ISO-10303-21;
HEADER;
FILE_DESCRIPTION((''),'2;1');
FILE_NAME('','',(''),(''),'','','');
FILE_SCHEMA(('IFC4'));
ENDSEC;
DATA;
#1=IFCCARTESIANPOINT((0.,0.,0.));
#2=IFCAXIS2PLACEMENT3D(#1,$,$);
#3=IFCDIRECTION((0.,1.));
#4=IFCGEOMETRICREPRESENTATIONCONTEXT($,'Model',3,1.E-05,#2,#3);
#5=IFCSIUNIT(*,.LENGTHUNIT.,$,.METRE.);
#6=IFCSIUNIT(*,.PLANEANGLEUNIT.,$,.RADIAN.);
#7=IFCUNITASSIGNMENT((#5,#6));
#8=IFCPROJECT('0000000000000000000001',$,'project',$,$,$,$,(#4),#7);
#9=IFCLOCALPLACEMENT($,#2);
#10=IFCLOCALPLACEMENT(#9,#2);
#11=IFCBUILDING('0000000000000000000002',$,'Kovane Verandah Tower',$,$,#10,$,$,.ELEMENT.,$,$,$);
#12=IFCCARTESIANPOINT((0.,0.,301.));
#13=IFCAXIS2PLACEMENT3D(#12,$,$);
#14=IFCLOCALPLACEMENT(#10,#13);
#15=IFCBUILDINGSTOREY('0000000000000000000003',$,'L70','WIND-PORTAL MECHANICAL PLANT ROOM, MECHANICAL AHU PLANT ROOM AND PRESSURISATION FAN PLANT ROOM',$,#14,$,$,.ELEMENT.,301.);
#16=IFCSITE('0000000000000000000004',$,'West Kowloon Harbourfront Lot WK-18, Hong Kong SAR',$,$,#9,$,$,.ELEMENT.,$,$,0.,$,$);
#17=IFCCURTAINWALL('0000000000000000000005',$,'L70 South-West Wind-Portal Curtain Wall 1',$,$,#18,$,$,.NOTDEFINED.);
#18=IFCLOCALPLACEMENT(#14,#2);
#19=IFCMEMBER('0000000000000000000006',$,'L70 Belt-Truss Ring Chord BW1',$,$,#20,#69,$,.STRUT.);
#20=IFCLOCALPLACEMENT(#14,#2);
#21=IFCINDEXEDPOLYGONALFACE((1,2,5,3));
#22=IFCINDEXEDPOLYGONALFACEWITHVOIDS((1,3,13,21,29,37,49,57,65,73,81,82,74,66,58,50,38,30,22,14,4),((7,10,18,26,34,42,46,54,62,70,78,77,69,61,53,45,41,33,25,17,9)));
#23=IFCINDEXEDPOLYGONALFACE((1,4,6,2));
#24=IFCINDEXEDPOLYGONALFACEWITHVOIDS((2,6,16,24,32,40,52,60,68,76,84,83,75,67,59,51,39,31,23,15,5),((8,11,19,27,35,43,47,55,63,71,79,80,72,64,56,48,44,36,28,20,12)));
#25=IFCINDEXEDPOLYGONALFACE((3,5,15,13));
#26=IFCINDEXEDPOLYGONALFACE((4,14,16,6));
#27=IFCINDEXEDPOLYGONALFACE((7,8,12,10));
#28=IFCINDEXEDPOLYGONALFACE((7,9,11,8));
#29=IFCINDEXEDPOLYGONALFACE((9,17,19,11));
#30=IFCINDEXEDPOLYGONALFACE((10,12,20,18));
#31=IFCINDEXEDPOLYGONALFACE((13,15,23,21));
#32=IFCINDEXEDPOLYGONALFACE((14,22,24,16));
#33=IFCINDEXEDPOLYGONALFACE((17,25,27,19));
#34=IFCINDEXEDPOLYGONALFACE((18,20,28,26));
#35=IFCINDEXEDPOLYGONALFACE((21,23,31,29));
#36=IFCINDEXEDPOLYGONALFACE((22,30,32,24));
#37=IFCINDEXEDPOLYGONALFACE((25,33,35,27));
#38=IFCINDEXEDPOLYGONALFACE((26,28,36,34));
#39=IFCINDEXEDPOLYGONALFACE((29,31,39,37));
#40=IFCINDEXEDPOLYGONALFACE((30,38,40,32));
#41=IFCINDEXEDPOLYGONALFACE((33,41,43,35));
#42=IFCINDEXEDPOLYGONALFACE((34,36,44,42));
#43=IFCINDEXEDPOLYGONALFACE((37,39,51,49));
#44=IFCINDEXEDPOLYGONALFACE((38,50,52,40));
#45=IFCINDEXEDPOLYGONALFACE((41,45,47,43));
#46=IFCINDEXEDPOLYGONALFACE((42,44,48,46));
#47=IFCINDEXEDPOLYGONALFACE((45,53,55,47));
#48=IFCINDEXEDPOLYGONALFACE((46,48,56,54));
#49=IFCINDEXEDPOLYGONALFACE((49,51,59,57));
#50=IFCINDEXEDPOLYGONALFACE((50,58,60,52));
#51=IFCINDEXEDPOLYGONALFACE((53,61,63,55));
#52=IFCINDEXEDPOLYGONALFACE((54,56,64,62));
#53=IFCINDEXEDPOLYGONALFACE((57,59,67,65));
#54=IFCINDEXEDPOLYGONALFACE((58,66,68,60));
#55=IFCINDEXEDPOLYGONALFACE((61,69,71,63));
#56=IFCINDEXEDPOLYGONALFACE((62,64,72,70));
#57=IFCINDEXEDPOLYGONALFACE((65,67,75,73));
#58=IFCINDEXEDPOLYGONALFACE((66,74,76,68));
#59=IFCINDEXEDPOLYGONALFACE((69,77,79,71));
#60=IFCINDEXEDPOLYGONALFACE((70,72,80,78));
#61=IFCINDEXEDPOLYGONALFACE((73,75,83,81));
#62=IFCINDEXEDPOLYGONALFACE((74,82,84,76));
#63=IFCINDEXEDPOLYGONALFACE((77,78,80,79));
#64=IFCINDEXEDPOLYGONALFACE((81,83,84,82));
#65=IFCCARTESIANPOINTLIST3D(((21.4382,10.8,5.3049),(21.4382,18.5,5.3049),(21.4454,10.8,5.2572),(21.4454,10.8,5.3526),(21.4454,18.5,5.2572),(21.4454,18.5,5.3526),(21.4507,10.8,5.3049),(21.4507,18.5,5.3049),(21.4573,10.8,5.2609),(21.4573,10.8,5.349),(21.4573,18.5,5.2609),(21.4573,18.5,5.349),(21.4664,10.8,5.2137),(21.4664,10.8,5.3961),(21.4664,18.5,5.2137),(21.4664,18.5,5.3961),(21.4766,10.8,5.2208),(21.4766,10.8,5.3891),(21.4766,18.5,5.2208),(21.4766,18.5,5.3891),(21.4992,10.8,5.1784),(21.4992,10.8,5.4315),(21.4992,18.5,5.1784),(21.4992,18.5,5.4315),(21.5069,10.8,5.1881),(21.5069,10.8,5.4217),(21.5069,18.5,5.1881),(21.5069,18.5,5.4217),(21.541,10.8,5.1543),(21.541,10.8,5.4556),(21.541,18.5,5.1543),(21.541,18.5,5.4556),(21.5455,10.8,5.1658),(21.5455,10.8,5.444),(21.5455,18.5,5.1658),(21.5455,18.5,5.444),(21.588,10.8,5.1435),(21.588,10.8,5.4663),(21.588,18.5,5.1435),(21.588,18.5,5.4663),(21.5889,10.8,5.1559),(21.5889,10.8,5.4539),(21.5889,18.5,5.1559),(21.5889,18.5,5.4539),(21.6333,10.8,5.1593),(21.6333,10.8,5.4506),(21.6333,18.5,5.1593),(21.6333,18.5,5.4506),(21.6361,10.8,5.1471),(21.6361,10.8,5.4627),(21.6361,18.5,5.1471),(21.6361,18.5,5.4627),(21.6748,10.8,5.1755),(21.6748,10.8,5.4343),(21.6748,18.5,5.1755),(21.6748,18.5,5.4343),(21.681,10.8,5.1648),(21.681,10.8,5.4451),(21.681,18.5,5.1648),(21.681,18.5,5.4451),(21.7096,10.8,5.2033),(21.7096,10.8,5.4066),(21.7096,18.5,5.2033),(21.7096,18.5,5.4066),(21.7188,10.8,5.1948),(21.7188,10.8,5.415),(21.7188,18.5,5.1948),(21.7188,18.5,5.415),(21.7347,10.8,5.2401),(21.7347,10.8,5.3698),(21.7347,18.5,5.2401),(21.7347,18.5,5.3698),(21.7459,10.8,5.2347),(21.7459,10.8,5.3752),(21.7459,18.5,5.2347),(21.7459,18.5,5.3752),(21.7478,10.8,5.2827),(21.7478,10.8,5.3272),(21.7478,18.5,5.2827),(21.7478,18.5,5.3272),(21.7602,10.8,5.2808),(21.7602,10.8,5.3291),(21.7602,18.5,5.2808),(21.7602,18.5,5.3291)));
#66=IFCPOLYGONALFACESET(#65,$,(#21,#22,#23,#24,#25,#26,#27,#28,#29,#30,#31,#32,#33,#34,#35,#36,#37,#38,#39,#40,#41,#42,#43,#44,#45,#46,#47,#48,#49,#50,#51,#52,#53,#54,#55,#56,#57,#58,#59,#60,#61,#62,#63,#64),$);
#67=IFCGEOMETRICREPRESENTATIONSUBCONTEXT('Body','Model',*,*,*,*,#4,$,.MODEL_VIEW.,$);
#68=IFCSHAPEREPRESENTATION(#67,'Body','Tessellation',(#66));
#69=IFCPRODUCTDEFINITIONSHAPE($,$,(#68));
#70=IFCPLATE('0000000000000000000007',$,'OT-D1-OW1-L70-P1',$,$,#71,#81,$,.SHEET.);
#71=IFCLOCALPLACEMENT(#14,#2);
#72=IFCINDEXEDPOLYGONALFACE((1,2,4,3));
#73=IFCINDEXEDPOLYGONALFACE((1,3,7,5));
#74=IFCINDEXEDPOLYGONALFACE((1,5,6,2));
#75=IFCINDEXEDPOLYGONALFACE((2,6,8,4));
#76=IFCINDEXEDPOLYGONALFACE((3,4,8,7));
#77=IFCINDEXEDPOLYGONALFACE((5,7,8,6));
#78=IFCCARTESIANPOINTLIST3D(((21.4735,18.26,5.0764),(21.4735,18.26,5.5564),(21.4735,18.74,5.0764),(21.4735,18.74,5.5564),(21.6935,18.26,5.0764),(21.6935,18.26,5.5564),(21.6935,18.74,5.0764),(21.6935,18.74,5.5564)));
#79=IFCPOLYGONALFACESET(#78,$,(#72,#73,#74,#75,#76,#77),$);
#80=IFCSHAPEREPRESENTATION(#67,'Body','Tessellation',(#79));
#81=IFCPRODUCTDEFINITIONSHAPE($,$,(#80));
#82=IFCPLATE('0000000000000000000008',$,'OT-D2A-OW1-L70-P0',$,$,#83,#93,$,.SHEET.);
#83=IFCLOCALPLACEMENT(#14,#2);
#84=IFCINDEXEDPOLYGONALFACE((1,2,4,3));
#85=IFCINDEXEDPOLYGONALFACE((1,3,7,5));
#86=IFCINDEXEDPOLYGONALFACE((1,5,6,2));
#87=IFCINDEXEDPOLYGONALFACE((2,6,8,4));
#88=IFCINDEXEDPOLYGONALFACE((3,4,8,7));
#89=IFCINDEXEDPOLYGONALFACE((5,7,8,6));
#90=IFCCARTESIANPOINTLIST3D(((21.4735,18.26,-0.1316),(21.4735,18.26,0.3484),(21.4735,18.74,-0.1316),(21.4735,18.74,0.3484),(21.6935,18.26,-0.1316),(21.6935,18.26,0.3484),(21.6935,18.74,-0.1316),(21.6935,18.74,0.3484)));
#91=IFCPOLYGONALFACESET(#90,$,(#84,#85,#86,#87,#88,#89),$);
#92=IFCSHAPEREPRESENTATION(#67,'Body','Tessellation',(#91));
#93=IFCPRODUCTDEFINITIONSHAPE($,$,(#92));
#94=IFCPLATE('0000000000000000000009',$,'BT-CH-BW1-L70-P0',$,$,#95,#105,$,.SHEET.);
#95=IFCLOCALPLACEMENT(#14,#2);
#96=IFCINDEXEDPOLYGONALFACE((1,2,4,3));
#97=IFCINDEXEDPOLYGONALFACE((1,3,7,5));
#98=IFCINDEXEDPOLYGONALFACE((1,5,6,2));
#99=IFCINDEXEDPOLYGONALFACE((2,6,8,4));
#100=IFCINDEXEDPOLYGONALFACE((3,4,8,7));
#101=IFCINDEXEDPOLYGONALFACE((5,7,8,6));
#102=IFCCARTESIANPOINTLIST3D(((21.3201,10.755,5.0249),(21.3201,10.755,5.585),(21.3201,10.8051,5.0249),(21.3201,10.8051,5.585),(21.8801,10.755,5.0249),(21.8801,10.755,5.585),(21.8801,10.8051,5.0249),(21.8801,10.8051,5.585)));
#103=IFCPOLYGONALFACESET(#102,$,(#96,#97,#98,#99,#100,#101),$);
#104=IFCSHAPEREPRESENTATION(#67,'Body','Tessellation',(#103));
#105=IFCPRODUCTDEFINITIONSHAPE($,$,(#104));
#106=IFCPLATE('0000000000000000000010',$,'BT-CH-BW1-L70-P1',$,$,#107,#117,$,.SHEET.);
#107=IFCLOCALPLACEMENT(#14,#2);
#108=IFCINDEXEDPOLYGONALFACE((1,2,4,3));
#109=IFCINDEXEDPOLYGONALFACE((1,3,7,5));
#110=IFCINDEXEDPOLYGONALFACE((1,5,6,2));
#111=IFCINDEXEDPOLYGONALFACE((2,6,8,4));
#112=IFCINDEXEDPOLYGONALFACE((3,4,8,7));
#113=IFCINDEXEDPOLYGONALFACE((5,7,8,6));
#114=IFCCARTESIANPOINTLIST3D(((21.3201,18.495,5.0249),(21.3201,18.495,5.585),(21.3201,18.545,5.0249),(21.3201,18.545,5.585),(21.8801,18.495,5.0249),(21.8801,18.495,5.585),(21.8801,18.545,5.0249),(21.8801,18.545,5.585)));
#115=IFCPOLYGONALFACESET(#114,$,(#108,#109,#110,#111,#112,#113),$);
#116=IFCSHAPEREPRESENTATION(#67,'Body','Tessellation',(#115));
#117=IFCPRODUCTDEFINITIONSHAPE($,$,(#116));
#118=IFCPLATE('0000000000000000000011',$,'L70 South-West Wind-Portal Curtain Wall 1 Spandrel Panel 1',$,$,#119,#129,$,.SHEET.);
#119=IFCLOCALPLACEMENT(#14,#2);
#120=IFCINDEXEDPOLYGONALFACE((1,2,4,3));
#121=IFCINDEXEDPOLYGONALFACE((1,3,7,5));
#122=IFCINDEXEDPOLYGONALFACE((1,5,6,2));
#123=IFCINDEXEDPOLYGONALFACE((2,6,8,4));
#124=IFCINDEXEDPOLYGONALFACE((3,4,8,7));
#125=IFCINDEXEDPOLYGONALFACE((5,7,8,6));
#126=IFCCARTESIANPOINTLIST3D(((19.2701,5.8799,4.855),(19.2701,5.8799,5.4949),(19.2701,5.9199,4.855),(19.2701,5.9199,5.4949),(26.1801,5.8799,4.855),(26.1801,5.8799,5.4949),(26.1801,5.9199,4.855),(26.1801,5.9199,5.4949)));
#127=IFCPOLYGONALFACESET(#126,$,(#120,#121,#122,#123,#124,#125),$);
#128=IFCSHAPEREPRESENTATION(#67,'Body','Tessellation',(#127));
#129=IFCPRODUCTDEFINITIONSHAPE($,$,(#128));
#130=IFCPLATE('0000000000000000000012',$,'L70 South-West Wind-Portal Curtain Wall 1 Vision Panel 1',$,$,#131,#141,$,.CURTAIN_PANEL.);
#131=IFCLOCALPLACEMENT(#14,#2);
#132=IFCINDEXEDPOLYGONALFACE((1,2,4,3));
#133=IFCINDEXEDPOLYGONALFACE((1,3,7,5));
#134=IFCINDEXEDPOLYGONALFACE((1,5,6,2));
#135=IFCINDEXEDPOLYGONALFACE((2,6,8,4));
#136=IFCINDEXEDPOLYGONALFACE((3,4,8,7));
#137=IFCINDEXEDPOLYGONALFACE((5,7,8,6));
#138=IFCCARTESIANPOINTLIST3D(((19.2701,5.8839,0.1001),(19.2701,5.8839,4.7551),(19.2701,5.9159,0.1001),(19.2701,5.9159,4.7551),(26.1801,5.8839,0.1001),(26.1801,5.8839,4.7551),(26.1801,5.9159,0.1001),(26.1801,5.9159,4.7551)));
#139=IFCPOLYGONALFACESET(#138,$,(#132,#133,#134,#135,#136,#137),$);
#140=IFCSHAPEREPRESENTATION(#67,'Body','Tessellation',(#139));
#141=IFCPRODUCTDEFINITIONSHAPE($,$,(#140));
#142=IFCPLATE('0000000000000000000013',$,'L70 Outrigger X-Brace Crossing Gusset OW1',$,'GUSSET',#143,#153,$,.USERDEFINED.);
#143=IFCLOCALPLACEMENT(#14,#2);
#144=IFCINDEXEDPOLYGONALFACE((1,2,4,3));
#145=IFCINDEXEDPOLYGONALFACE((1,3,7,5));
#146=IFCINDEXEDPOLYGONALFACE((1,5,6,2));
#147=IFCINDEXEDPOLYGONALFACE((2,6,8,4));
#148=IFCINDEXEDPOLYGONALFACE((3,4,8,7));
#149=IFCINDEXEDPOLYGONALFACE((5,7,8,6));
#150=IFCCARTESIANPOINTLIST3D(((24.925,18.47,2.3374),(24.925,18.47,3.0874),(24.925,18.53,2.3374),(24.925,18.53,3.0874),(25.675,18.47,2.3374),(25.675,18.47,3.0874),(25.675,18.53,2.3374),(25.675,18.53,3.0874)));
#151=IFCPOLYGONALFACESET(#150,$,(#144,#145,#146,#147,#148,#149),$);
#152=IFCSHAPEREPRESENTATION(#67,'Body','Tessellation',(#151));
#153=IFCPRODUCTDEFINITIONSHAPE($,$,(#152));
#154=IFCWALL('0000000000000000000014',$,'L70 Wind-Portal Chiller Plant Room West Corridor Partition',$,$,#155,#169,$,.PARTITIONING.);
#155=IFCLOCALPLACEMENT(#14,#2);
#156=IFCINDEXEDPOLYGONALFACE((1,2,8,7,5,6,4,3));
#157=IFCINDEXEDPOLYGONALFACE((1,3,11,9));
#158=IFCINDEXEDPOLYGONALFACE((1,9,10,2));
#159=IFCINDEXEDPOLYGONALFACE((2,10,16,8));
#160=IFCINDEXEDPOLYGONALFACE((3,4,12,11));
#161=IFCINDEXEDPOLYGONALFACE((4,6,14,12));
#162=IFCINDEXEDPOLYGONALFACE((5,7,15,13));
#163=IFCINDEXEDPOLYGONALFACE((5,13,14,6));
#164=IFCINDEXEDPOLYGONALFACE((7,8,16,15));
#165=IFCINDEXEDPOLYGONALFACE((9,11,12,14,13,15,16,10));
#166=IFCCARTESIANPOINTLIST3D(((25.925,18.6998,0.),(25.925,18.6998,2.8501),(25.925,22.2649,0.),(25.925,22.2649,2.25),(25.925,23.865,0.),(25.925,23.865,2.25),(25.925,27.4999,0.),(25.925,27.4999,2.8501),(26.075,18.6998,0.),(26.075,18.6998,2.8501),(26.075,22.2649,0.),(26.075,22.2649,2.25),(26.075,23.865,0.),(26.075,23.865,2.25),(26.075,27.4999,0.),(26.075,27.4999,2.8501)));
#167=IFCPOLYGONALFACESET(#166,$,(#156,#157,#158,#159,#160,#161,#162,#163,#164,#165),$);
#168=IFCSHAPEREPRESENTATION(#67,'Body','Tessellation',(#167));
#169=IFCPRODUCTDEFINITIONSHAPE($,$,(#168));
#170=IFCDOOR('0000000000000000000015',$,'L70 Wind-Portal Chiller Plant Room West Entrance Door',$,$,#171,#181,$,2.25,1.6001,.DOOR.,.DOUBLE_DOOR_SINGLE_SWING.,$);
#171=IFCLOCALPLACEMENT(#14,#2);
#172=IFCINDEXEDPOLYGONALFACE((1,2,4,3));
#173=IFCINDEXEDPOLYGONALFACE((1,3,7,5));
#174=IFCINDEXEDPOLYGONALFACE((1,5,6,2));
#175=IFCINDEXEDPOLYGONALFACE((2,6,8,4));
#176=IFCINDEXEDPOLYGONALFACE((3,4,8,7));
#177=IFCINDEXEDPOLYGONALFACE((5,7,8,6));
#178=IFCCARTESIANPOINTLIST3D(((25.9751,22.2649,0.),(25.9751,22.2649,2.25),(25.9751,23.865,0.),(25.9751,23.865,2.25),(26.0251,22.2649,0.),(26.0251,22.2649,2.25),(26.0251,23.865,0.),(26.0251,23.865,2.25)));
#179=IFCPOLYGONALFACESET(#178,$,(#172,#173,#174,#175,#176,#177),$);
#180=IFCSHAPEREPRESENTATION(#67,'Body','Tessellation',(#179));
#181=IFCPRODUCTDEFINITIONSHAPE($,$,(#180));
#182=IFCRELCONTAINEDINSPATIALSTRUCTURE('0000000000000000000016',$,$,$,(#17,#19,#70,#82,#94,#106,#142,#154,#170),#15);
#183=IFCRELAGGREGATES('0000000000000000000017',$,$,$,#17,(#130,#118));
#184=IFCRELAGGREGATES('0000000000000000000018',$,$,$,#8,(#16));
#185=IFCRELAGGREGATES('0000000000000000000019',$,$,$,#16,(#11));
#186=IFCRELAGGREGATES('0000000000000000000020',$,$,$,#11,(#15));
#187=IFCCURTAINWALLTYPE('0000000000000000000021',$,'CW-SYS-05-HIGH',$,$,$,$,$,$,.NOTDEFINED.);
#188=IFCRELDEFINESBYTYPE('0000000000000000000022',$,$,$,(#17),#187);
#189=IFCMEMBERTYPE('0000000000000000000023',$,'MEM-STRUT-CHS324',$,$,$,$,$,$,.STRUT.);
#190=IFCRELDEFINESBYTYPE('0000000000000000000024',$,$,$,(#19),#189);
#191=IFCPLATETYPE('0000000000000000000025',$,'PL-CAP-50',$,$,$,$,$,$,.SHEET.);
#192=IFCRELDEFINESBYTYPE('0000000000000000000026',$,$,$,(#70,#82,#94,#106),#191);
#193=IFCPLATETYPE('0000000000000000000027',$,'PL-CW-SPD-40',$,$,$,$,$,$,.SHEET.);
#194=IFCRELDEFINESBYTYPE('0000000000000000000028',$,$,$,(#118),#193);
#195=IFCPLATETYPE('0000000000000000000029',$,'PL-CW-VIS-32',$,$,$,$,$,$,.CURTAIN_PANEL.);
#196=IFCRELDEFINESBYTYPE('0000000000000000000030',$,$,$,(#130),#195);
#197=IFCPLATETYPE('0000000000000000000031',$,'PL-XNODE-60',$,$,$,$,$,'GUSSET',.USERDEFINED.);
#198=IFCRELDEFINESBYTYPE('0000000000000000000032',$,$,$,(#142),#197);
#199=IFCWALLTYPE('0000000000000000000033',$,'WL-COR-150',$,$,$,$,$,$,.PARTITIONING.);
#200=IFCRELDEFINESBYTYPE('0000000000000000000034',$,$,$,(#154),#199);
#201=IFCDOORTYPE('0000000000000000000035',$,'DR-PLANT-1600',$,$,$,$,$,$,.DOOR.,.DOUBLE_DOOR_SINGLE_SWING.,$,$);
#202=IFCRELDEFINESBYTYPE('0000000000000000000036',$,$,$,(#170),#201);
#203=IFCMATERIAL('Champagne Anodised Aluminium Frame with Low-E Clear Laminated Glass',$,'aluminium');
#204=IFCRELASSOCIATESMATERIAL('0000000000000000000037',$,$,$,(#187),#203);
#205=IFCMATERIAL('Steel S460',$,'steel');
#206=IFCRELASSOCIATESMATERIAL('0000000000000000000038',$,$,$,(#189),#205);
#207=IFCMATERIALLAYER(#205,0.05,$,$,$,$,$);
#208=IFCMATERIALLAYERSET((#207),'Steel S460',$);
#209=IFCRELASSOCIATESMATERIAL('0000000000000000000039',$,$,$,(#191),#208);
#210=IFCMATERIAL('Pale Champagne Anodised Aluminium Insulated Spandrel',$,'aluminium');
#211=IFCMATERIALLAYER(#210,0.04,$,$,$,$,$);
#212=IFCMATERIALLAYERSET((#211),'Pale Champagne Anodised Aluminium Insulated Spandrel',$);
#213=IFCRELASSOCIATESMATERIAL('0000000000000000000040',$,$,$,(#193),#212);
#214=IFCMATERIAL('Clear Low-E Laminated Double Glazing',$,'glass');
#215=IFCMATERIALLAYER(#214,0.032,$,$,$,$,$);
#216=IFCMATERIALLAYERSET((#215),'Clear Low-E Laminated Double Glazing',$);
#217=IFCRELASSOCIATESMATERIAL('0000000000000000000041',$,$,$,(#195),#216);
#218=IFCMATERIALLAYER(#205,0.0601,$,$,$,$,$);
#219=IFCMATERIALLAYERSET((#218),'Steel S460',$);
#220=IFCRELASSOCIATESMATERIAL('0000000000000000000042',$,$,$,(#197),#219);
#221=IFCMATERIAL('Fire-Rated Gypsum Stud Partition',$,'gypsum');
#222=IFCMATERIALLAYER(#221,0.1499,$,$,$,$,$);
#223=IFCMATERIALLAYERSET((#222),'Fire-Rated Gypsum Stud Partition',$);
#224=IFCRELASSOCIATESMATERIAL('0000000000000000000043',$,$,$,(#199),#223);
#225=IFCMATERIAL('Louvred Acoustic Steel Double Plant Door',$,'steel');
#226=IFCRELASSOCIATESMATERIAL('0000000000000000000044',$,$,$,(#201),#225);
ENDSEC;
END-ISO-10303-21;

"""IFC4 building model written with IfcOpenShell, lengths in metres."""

from ifc_helpers import new_model, si_unit, direction, frame, frame_2d, origin, origin_2d, place, context, subcontext, project, spatial, rectangle, hollow_circle, extrude, material, layer, layer_set, material_profile, profile_set, type_object, element, fill, aggregate, save


model = new_model("IFC4")

# Units and contexts
model_context = context("Model", 3, precision=1e-05, world=origin(), true_north=direction((0.0, 1.0)))
body_context = subcontext(model_context, "Body", "Model", "MODEL_VIEW")
ifc_project = project(units=[si_unit("LENGTHUNIT", "METRE"), si_unit("PLANEANGLEUNIT", "RADIAN")], contexts=[model_context])

# Site, building, storey
site_placement = place(None, origin())
site = spatial("IfcSite", under=ifc_project, at=site_placement, Name="West Kowloon Harbourfront Lot WK-18, Hong Kong SAR", CompositionType="ELEMENT", RefElevation=0.0)
building_placement = place(site_placement, origin())
building = spatial("IfcBuilding", under=site, at=building_placement, Name="Kovane Verandah Tower", CompositionType="ELEMENT")
storey_placement = place(building_placement, frame((0.0, 0.0, 301.0)))
storey = spatial("IfcBuildingStorey", under=building, at=storey_placement, Name="L70", Description="WIND-PORTAL MECHANICAL PLANT ROOM, MECHANICAL AHU PLANT ROOM AND PRESSURISATION FAN PLANT ROOM", CompositionType="ELEMENT", Elevation=301.0)

# Shared definitions
ifc_material_1 = material(Name="Steel S460", Category="steel")

# Curtain wall
ifc_material_2 = material(Name="Champagne Anodised Aluminium Frame with Low-E Clear Laminated Glass", Category="aluminium")
curtain_wall_type = type_object("IfcCurtainWallType", Name="CW-SYS-05-HIGH", PredefinedType="NOTDEFINED", material=ifc_material_2)
curtain_wall_placement = place(storey_placement, origin())
curtain_wall = element("IfcCurtainWall", 1, at=curtain_wall_placement, inside=storey, type_object=curtain_wall_type, Name="L70 South-West Wind-Portal Curtain Wall 1", PredefinedType="NOTDEFINED")

# Member
ifc_material_profile_1 = material_profile(ifc_material_1, hollow_circle(Radius=0.1619, WallThickness=0.0125, at=origin_2d()), Name="CHS323.9x12.5")
ifc_profile_set_1 = profile_set([ifc_material_profile_1], Name="Steel S460")
member_type_1 = type_object("IfcMemberType", Name="MEM-STRUT-CHS324", PredefinedType="STRUT", material=ifc_profile_set_1)
member_1_placement = place(storey_placement, frame((21.6001, 10.8, 5.3049), z_axis=(0.0, 1.0, 0.0), x_axis=(-1.0, 0.0, 0.0)))
element("IfcMember", 2, at=member_1_placement, inside=storey, type_object=member_type_1, Name="L70 Belt-Truss Ring Chord BW1", PredefinedType="STRUT", context=body_context, shape_type="SweptSolid", body=[
    extrude(hollow_circle(Radius=0.1619, WallThickness=0.0125, at=origin_2d()), origin(), (0.0, 0.0, 1.0), 7.7),
])

# Plates
ifc_layer_1 = layer(ifc_material_1, 0.05)
ifc_layer_set_1 = layer_set([ifc_layer_1], Name="Steel S460")
plate_type_1 = type_object("IfcPlateType", Name="PL-CAP-50", PredefinedType="SHEET", material=ifc_layer_set_1)
for number, where, z_axis, x_axis, name in (
    (3, (21.5835, 18.5, 5.0764), (0.0, 0.0, 1.0), (-1.0, 0.0, 0.0), "OT-D1-OW1-L70-P1"),
    (4, (21.5835, 18.5, -0.1316), (0.0, 0.0, 1.0), (1.0, 0.0, 0.0), "OT-D2A-OW1-L70-P0"),
):
    element("IfcPlate", number, at=place(storey_placement, frame(where, z_axis=z_axis, x_axis=x_axis)), inside=storey, type_object=plate_type_1, Name=name, PredefinedType="SHEET", context=body_context, shape_type="SweptSolid", body=[
        extrude(rectangle(XDim=0.22, YDim=0.48, at=origin_2d()), origin(), (0.0, 0.0, 1.0), 0.48),
    ])
for number, where, z_axis, x_axis, name in (
    (5, (21.6001, 10.78, 5.0249), (0.0, 0.0, 1.0), (0.0, 1.0, 0.0), "BT-CH-BW1-L70-P0"),
    (6, (21.6001, 18.52, 5.0249), (0.0, 0.0, 1.0), (0.0, 1.0, 0.0), "BT-CH-BW1-L70-P1"),
):
    element("IfcPlate", number, at=place(storey_placement, frame(where, z_axis=z_axis, x_axis=x_axis)), inside=storey, type_object=plate_type_1, Name=name, PredefinedType="SHEET", context=body_context, shape_type="SweptSolid", body=[
        extrude(rectangle(XDim=0.05, YDim=0.5601, at=origin_2d()), origin(), (0.0, 0.0, 1.0), 0.5601),
    ])

# Plates
ifc_material_3 = material(Name="Pale Champagne Anodised Aluminium Insulated Spandrel", Category="aluminium")
ifc_layer_2 = layer(ifc_material_3, 0.04)
ifc_layer_set_2 = layer_set([ifc_layer_2], Name="Pale Champagne Anodised Aluminium Insulated Spandrel")
plate_type_2 = type_object("IfcPlateType", Name="PL-CW-SPD-40", PredefinedType="SHEET", material=ifc_layer_set_2)
plate_1_placement = place(storey_placement, frame((22.7251, 5.8999, 4.855), z_axis=(0.0, 0.0, 1.0), x_axis=(1.0, 0.0, 0.0)))
plate_1 = element("IfcPlate", 7, at=plate_1_placement, type_object=plate_type_2, Name="L70 South-West Wind-Portal Curtain Wall 1 Spandrel Panel 1", PredefinedType="SHEET", context=body_context, shape_type="SweptSolid", body=[
    extrude(rectangle(XDim=6.9099, YDim=0.04, at=origin_2d()), origin(), (0.0, 0.0, 1.0), 0.6399),
])
ifc_material_4 = material(Name="Clear Low-E Laminated Double Glazing", Category="glass")
ifc_layer_3 = layer(ifc_material_4, 0.032)
ifc_layer_set_3 = layer_set([ifc_layer_3], Name="Clear Low-E Laminated Double Glazing")
plate_type_3 = type_object("IfcPlateType", Name="PL-CW-VIS-32", PredefinedType="CURTAIN_PANEL", material=ifc_layer_set_3)
plate_2_placement = place(storey_placement, frame((22.7251, 5.8999, 0.1001), z_axis=(0.0, 0.0, 1.0), x_axis=(1.0, 0.0, 0.0)))
plate_2 = element("IfcPlate", 8, at=plate_2_placement, type_object=plate_type_3, Name="L70 South-West Wind-Portal Curtain Wall 1 Vision Panel 1", PredefinedType="CURTAIN_PANEL", context=body_context, shape_type="SweptSolid", body=[
    extrude(rectangle(XDim=6.9099, YDim=0.032, at=origin_2d()), origin(), (0.0, 0.0, 1.0), 4.655),
])
aggregate(curtain_wall, [plate_2, plate_1])
ifc_layer_4 = layer(ifc_material_1, 0.0601)
ifc_layer_set_4 = layer_set([ifc_layer_4], Name="Steel S460")
plate_type_4 = type_object("IfcPlateType", Name="PL-XNODE-60", ElementType="GUSSET", PredefinedType="USERDEFINED", material=ifc_layer_set_4)
plate_3_placement = place(storey_placement, frame((25.3, 18.5, 2.3374), z_axis=(0.0, 0.0, 1.0), x_axis=(-1.0, 0.0, 0.0)))
element("IfcPlate", 9, at=plate_3_placement, inside=storey, type_object=plate_type_4, Name="L70 Outrigger X-Brace Crossing Gusset OW1", ObjectType="GUSSET", PredefinedType="USERDEFINED", context=body_context, shape_type="SweptSolid", body=[
    extrude(rectangle(XDim=0.75, YDim=0.0601, at=origin_2d()), origin(), (0.0, 0.0, 1.0), 0.75),
])

# Wall, opening, door
ifc_material_5 = material(Name="Fire-Rated Gypsum Stud Partition", Category="gypsum")
ifc_layer_5 = layer(ifc_material_5, 0.1499)
ifc_layer_set_5 = layer_set([ifc_layer_5], Name="Fire-Rated Gypsum Stud Partition")
wall_type_1 = type_object("IfcWallType", Name="WL-COR-150", PredefinedType="PARTITIONING", material=ifc_layer_set_5)
wall_1_placement = place(storey_placement, frame((26.0, 18.7, 0.0), z_axis=(0.0, 0.0, 1.0), x_axis=(0.0, 1.0, 0.0)))
wall_1 = element("IfcWall", 10, at=wall_1_placement, inside=storey, type_object=wall_type_1, Name="L70 Wind-Portal Chiller Plant Room West Corridor Partition", PredefinedType="PARTITIONING", context=body_context, shape_type="SweptSolid", body=[
    extrude(rectangle(XDim=8.8, YDim=0.1499, at=frame_2d((4.3999, 0.0))), origin(), (0.0, 0.0, 1.0), 2.8501),
])
opening_placement = place(wall_1_placement, frame((3.5649, 0.0, 0.0)))
opening = element("IfcOpeningElement", 11, at=opening_placement, cuts=wall_1, PredefinedType="OPENING", context=body_context, shape_type="SweptSolid", body=[
    extrude(rectangle(XDim=1.6001, YDim=2.25, at=frame_2d((0.8, 1.125))), frame((0.0, 0.075, 0.0), z_axis=(0.0, -1.0, 0.0), x_axis=(1.0, 0.0, 0.0)), (0.0, 0.0, 1.0), 0.1499),
])
ifc_material_6 = material(Name="Louvred Acoustic Steel Double Plant Door", Category="steel")
door_type = type_object("IfcDoorType", Name="DR-PLANT-1600", OperationType="DOUBLE_DOOR_SINGLE_SWING", PredefinedType="DOOR", material=ifc_material_6)
door_placement = place(opening_placement, origin())
door = element("IfcDoor", 12, at=door_placement, inside=storey, type_object=door_type, Name="L70 Wind-Portal Chiller Plant Room West Entrance Door", OperationType="DOUBLE_DOOR_SINGLE_SWING", OverallHeight=2.25, OverallWidth=1.6001, PredefinedType="DOOR", context=body_context, shape_type="SweptSolid", body=[
    extrude(rectangle(XDim=1.6001, YDim=2.25, at=frame_2d((0.8, 1.125))), frame((0.0, 0.0249, 0.0), z_axis=(0.0, -1.0, 0.0), x_axis=(1.0, 0.0, 0.0)), (0.0, 0.0, 1.0), 0.05),
])
fill(opening, door)

save(model, "model.ifc")
